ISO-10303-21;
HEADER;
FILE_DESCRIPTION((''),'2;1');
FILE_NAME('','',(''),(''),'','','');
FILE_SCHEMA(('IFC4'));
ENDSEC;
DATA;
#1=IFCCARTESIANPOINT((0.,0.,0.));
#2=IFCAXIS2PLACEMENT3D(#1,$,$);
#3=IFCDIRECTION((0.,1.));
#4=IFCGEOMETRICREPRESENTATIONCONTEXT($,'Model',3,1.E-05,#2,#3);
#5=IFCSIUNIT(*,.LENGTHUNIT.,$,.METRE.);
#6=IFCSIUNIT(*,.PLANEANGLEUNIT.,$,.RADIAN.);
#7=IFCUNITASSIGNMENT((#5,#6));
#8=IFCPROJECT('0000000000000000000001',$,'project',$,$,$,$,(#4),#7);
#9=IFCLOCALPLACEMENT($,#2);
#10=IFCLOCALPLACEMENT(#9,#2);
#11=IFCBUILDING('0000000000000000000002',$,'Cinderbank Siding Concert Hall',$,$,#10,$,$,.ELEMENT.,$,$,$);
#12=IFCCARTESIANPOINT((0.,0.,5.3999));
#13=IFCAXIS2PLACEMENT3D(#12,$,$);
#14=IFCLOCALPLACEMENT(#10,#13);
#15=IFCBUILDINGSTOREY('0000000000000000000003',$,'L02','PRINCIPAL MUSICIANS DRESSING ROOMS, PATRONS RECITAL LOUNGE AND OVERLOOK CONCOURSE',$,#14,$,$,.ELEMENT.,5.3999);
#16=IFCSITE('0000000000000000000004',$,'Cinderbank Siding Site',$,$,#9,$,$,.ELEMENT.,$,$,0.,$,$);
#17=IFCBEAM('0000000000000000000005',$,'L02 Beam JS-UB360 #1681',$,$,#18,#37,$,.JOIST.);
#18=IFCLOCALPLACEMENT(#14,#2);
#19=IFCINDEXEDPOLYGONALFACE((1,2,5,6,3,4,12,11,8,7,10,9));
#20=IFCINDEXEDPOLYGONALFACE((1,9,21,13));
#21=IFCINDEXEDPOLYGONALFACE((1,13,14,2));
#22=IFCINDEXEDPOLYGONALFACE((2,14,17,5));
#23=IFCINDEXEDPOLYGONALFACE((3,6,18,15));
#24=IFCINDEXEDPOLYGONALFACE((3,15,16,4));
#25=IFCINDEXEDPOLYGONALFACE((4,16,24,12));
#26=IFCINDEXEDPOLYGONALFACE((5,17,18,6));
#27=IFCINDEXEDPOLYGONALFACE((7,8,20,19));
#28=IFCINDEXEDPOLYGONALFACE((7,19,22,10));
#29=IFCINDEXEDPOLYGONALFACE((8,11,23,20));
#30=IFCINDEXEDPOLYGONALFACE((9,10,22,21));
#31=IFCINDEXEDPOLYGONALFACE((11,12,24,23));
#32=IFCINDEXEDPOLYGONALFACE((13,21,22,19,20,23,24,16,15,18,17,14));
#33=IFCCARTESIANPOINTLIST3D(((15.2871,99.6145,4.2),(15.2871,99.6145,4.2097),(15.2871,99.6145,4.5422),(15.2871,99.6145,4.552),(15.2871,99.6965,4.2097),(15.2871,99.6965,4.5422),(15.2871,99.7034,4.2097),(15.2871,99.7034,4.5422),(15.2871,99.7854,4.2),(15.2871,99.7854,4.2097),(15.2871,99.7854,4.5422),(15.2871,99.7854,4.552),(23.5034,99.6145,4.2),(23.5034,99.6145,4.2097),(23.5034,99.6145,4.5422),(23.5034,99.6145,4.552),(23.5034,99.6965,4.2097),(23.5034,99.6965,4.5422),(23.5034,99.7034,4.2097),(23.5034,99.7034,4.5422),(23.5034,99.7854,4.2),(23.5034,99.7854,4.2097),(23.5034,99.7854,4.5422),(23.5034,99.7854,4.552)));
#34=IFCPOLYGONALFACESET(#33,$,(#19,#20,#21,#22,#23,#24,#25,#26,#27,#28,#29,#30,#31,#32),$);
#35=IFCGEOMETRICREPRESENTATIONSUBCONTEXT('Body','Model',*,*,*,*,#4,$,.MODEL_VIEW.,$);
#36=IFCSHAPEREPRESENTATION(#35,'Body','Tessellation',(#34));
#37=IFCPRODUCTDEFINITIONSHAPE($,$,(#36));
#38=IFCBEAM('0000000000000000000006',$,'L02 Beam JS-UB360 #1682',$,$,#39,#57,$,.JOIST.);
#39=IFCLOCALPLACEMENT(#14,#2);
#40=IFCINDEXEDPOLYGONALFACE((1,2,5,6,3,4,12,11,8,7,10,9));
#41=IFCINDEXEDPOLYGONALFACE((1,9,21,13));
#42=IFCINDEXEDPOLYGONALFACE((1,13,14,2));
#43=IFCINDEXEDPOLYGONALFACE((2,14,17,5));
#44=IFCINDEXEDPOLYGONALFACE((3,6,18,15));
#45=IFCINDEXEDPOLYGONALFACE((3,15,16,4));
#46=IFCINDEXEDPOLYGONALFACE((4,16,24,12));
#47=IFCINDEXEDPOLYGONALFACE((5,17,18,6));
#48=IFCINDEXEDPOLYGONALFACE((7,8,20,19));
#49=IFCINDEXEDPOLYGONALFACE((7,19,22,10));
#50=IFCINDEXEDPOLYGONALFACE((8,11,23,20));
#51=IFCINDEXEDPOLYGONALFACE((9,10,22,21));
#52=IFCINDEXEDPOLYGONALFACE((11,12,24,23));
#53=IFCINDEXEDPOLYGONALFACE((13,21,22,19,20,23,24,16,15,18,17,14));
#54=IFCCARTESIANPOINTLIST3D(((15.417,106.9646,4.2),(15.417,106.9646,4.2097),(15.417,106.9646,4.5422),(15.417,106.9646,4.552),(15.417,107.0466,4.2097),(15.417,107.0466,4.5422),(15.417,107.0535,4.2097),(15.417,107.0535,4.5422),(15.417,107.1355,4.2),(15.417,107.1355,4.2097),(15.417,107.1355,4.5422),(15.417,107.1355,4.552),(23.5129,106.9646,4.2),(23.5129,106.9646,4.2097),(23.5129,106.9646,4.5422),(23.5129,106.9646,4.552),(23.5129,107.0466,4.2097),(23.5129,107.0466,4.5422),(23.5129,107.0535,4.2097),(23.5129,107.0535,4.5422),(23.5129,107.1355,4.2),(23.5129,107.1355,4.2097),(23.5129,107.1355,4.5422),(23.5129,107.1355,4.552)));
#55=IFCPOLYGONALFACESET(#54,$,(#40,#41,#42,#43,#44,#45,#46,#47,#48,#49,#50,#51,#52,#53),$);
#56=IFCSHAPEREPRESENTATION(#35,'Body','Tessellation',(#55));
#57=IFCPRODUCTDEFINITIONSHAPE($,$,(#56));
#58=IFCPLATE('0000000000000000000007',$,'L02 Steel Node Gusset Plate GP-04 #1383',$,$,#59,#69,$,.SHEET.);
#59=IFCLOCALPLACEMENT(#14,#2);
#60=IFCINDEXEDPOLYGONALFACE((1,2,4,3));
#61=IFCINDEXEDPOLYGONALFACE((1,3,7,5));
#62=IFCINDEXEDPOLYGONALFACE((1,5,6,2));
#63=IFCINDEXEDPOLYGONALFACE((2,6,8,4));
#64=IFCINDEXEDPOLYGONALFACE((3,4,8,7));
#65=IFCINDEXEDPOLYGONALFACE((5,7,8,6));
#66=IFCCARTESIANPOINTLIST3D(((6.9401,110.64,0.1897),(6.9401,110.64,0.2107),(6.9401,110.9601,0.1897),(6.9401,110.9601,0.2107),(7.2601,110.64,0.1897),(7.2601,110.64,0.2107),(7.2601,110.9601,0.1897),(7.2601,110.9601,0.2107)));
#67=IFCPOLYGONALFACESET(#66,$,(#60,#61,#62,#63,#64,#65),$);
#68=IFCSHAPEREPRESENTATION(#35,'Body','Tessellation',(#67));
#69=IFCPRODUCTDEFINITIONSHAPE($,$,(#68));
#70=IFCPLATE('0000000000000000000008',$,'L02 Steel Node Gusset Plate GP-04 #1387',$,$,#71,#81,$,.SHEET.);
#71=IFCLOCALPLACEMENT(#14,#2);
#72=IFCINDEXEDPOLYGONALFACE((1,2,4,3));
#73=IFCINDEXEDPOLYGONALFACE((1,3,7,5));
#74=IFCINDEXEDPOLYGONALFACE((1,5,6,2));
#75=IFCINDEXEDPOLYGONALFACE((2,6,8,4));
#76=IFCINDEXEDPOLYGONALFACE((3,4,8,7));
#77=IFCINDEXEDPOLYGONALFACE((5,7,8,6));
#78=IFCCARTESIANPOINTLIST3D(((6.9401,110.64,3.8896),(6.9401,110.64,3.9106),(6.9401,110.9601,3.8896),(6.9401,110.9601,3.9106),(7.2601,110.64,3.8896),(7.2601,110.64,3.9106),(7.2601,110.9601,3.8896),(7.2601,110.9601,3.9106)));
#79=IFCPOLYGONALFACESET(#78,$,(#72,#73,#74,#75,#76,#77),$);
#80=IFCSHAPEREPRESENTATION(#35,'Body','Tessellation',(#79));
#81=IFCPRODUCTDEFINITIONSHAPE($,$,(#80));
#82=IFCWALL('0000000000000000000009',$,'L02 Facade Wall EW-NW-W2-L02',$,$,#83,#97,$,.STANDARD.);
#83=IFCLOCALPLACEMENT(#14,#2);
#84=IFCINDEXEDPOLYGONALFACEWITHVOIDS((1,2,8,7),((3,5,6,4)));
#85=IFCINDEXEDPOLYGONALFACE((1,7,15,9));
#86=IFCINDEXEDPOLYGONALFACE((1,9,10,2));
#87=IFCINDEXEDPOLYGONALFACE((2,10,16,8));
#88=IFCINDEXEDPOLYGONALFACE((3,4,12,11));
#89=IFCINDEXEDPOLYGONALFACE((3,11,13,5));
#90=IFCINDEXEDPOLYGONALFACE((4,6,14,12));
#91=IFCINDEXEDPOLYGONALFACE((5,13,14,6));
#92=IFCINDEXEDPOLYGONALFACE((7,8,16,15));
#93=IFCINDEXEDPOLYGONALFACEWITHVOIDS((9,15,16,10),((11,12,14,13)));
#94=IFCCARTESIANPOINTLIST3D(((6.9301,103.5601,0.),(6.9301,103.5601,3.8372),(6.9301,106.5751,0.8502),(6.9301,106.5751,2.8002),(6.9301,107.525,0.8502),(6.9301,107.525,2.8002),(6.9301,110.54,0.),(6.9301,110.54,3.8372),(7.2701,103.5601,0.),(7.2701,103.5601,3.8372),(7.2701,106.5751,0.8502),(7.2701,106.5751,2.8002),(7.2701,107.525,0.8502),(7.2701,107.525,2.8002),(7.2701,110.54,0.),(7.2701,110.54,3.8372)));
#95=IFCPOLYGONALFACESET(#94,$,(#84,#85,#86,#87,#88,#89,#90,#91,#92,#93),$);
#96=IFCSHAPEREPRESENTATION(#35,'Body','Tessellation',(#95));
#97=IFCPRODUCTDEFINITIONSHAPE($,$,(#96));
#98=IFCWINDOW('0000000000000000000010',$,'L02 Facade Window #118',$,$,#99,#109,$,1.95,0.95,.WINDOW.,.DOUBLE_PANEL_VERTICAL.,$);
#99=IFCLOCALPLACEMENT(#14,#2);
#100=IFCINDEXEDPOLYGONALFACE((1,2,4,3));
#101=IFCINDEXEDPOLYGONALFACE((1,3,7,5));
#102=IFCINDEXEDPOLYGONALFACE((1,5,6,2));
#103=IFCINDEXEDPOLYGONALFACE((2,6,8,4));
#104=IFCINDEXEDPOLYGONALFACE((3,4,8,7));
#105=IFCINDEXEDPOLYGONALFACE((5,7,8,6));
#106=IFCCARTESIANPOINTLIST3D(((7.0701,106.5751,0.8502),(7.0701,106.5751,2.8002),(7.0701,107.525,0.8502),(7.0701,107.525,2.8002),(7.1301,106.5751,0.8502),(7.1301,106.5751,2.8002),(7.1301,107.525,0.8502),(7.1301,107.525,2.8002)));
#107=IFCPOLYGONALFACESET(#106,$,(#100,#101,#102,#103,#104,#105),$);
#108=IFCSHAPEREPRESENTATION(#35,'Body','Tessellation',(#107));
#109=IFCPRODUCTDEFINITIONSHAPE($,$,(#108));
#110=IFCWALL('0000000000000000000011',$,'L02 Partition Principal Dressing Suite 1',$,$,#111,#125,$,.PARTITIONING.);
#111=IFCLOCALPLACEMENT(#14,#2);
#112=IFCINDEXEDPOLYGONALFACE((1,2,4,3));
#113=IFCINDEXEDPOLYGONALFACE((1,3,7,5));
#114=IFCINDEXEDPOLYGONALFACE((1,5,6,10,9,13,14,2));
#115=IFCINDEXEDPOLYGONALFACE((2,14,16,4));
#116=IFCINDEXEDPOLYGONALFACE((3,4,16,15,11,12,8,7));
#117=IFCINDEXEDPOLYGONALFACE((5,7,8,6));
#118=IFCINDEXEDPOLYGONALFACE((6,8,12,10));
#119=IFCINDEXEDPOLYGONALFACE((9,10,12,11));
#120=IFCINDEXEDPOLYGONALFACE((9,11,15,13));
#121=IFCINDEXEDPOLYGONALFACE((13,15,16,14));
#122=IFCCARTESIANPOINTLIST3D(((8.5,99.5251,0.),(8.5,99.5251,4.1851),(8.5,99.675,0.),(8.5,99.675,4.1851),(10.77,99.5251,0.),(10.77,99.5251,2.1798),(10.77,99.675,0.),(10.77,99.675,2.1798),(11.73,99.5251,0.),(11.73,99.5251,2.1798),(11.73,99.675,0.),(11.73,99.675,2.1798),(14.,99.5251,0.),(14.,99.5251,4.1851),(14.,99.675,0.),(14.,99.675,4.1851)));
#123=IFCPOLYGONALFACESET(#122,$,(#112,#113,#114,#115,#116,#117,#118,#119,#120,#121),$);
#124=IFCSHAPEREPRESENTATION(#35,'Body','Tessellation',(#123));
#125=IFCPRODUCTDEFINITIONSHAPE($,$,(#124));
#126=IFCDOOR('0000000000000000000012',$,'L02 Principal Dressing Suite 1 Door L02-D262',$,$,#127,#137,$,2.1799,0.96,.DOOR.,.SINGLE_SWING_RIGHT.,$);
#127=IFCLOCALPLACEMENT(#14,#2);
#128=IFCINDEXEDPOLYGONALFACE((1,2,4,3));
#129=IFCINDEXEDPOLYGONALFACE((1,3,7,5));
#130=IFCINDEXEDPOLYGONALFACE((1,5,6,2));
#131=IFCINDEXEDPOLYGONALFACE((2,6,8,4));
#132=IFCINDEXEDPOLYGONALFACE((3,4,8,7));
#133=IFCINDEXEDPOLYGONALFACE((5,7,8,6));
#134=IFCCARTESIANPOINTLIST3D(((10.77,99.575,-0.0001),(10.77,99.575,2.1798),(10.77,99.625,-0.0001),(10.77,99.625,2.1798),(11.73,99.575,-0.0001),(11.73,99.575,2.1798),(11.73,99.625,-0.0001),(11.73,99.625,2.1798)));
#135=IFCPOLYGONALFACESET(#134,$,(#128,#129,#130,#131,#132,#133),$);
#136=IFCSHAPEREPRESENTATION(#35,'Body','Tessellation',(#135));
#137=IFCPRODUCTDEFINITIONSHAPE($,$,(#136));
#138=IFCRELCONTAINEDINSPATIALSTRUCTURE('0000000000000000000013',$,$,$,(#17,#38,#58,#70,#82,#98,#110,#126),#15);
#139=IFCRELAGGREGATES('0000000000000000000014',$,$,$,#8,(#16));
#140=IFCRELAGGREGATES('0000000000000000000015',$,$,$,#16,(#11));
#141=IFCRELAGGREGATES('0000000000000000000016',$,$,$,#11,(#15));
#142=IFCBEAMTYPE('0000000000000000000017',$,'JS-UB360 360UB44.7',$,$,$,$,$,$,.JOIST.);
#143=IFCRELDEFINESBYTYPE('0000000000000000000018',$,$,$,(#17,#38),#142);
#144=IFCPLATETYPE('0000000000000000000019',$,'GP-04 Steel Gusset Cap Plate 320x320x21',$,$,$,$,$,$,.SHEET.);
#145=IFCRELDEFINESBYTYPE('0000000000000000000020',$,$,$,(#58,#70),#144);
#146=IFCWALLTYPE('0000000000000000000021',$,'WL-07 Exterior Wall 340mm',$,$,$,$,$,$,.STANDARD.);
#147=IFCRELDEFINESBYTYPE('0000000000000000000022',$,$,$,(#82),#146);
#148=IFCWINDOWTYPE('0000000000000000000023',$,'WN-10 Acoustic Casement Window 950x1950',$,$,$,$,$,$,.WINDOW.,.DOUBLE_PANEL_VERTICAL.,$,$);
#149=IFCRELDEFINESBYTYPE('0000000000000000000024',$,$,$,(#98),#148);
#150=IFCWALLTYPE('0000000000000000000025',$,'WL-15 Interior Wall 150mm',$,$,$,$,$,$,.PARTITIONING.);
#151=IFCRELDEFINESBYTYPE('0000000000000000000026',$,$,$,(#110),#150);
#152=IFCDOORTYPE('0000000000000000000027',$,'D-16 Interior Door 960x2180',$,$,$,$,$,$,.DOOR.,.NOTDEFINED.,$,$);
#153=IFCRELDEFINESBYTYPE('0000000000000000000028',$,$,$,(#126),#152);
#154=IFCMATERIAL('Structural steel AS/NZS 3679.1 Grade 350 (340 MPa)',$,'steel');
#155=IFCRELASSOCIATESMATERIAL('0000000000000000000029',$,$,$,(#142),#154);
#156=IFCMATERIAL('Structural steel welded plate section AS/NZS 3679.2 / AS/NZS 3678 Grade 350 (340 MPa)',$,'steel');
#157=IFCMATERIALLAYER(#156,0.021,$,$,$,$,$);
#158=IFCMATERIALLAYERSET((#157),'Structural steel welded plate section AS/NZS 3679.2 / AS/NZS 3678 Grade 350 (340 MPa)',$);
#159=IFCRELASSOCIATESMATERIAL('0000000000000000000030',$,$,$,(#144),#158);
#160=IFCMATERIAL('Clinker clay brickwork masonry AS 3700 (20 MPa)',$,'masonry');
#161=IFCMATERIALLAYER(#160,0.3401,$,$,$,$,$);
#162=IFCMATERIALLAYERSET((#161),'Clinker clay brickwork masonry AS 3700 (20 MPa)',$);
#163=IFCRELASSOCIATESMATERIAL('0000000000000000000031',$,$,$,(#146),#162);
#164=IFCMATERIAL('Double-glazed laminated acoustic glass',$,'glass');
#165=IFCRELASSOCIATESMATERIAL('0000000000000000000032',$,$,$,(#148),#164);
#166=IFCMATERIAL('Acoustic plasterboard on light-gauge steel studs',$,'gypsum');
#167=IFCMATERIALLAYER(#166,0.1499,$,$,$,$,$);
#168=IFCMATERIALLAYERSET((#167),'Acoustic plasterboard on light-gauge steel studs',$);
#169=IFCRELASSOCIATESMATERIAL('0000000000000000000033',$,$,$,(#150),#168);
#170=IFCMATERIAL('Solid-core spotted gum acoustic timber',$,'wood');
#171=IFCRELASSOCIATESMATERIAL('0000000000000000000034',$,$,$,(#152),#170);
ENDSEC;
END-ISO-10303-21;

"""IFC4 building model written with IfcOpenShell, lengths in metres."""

from ifc_helpers import new_model, si_unit, direction, frame, frame_2d, origin, origin_2d, place, context, subcontext, project, spatial, rectangle, i_section, extrude, material, layer, layer_set, material_profile, profile_set, type_object, element, fill, save


model = new_model("IFC4")

# Units and contexts
model_context = context("Model", 3, precision=1e-05, world=origin(), true_north=direction((0.0, 1.0)))
body_context = subcontext(model_context, "Body", "Model", "MODEL_VIEW")
ifc_project = project(units=[si_unit("LENGTHUNIT", "METRE"), si_unit("PLANEANGLEUNIT", "RADIAN")], contexts=[model_context])

# Site, building, storey
site_placement = place(None, origin())
site = spatial("IfcSite", under=ifc_project, at=site_placement, Name="Cinderbank Siding Site", CompositionType="ELEMENT", RefElevation=0.0)
building_placement = place(site_placement, origin())
building = spatial("IfcBuilding", under=site, at=building_placement, Name="Cinderbank Siding Concert Hall", CompositionType="ELEMENT")
storey_placement = place(building_placement, frame((0.0, 0.0, 5.3999)))
storey = spatial("IfcBuildingStorey", under=building, at=storey_placement, Name="L02", Description="PRINCIPAL MUSICIANS DRESSING ROOMS, PATRONS RECITAL LOUNGE AND OVERLOOK CONCOURSE", CompositionType="ELEMENT", Elevation=5.3999)

# Shared definitions
ifc_material_1 = material(Name="Structural steel AS/NZS 3679.1 Grade 350 (340 MPa)", Category="steel")
ifc_material_2 = material(Name="Structural steel welded plate section AS/NZS 3679.2 / AS/NZS 3678 Grade 350 (340 MPa)", Category="steel")

# Beams
ifc_material_profile_1 = material_profile(ifc_material_1, i_section(OverallWidth=0.1709, OverallDepth=0.3521, WebThickness=0.0068, FlangeThickness=0.0098, at=origin_2d()), Name="360UB44.7", Category="LoadBearing")
ifc_profile_set_1 = profile_set([ifc_material_profile_1], Name="Structural steel AS/NZS 3679.1 Grade 350 (340 MPa)")
beam_type_1 = type_object("IfcBeamType", Name="JS-UB360 360UB44.7", PredefinedType="JOIST", material=ifc_profile_set_1)
beam_1_placement = place(storey_placement, frame((15.2871, 99.7, 4.376), z_axis=(1.0, 0.0, 0.0), x_axis=(0.0, 1.0, 0.0)))
element("IfcBeam", 1, at=beam_1_placement, inside=storey, type_object=beam_type_1, Name="L02 Beam JS-UB360 #1681", PredefinedType="JOIST", context=body_context, shape_type="SweptSolid", body=[
    extrude(i_section(OverallWidth=0.1709, OverallDepth=0.3521, WebThickness=0.0068, FlangeThickness=0.0098, at=origin_2d()), origin(), (0.0, 0.0, 1.0), 8.2163),
])
beam_2_placement = place(storey_placement, frame((15.417, 107.05, 4.376), z_axis=(1.0, 0.0, 0.0), x_axis=(0.0, 1.0, 0.0)))
element("IfcBeam", 2, at=beam_2_placement, inside=storey, type_object=beam_type_1, Name="L02 Beam JS-UB360 #1682", PredefinedType="JOIST", context=body_context, shape_type="SweptSolid", body=[
    extrude(i_section(OverallWidth=0.1709, OverallDepth=0.3521, WebThickness=0.0068, FlangeThickness=0.0098, at=origin_2d()), origin(), (0.0, 0.0, 1.0), 8.0959),
])

# Plates
ifc_layer_1 = layer(ifc_material_2, 0.021)
ifc_layer_set_1 = layer_set([ifc_layer_1], Name="Structural steel welded plate section AS/NZS 3679.2 / AS/NZS 3678 Grade 350 (340 MPa)")
plate_type = type_object("IfcPlateType", Name="GP-04 Steel Gusset Cap Plate 320x320x21", PredefinedType="SHEET", material=ifc_layer_set_1)
for number, where, z_axis, x_axis, name in (
    (3, (7.1001, 110.8, 0.1897), (0.0, 0.0, 1.0), (0.0, 1.0, 0.0), "L02 Steel Node Gusset Plate GP-04 #1383"),
    (4, (7.1001, 110.8, 3.8896), (0.0, 0.0, 1.0), (0.0, -1.0, 0.0), "L02 Steel Node Gusset Plate GP-04 #1387"),
):
    element("IfcPlate", number, at=place(storey_placement, frame(where, z_axis=z_axis, x_axis=x_axis)), inside=storey, type_object=plate_type, Name=name, PredefinedType="SHEET", context=body_context, shape_type="SweptSolid", body=[
        extrude(rectangle(XDim=0.3201, YDim=0.3201, at=origin_2d()), origin(), (0.0, 0.0, 1.0), 0.021),
    ])

# Wall, opening, window
ifc_material_3 = material(Name="Clinker clay brickwork masonry AS 3700 (20 MPa)", Category="masonry")
ifc_layer_2 = layer(ifc_material_3, 0.3401)
ifc_layer_set_2 = layer_set([ifc_layer_2], Name="Clinker clay brickwork masonry AS 3700 (20 MPa)")
wall_type_1 = type_object("IfcWallType", Name="WL-07 Exterior Wall 340mm", PredefinedType="STANDARD", material=ifc_layer_set_2)
wall_1_placement = place(storey_placement, frame((7.1001, 103.5601, 0.0), z_axis=(0.0, 0.0, 1.0), x_axis=(0.0, 1.0, 0.0)))
wall_1 = element("IfcWall", 5, at=wall_1_placement, inside=storey, type_object=wall_type_1, Name="L02 Facade Wall EW-NW-W2-L02", PredefinedType="STANDARD", context=body_context, shape_type="SweptSolid", body=[
    extrude(rectangle(XDim=6.98, YDim=0.3401, at=frame_2d((3.49, 0.0))), origin(), (0.0, 0.0, 1.0), 3.8372),
])
opening_1_placement = place(wall_1_placement, frame((3.0149, 0.0, 0.8501)))
opening_1 = element("IfcOpeningElement", 6, at=opening_1_placement, cuts=wall_1, PredefinedType="OPENING", context=body_context, shape_type="SweptSolid", body=[
    extrude(rectangle(XDim=0.95, YDim=1.95, at=frame_2d((0.4751, 0.9751))), frame((0.0, 0.1821, 0.0), z_axis=(0.0, -1.0, 0.0), x_axis=(1.0, 0.0, 0.0)), (0.0, 0.0, 1.0), 0.364),
])
ifc_material_4 = material(Name="Double-glazed laminated acoustic glass", Category="glass")
window_type = type_object("IfcWindowType", Name="WN-10 Acoustic Casement Window 950x1950", PartitioningType="DOUBLE_PANEL_VERTICAL", PredefinedType="WINDOW", material=ifc_material_4)
window_placement = place(opening_1_placement, origin())
window = element("IfcWindow", 7, at=window_placement, inside=storey, type_object=window_type, Name="L02 Facade Window #118", OverallHeight=1.95, OverallWidth=0.95, PartitioningType="DOUBLE_PANEL_VERTICAL", PredefinedType="WINDOW", context=body_context, shape_type="SweptSolid", body=[
    extrude(rectangle(XDim=0.95, YDim=1.95, at=frame_2d((0.4751, 0.9751))), frame((0.0, 0.03, 0.0), z_axis=(0.0, -1.0, 0.0), x_axis=(1.0, 0.0, 0.0)), (0.0, 0.0, 1.0), 0.0601),
])
fill(opening_1, window)

# Wall, opening, door
ifc_material_5 = material(Name="Acoustic plasterboard on light-gauge steel studs", Category="gypsum")
ifc_layer_3 = layer(ifc_material_5, 0.1499)
ifc_layer_set_3 = layer_set([ifc_layer_3], Name="Acoustic plasterboard on light-gauge steel studs")
wall_type_2 = type_object("IfcWallType", Name="WL-15 Interior Wall 150mm", PredefinedType="PARTITIONING", material=ifc_layer_set_3)
wall_2_placement = place(storey_placement, frame((8.5, 99.6001, 0.0), z_axis=(0.0, 0.0, 1.0), x_axis=(1.0, 0.0, 0.0)))
wall_2 = element("IfcWall", 8, at=wall_2_placement, inside=storey, type_object=wall_type_2, Name="L02 Partition Principal Dressing Suite 1", PredefinedType="PARTITIONING", context=body_context, shape_type="SweptSolid", body=[
    extrude(rectangle(XDim=5.5, YDim=0.1499, at=frame_2d((2.75, 0.0))), origin(), (0.0, 0.0, 1.0), 4.1851),
])
opening_2_placement = place(wall_2_placement, frame((2.27, 0.0, 0.0)))
opening_2 = element("IfcOpeningElement", 9, at=opening_2_placement, cuts=wall_2, PredefinedType="OPENING", context=body_context, shape_type="SweptSolid", body=[
    extrude(rectangle(XDim=0.96, YDim=2.1799, at=frame_2d((0.48, 1.0898))), frame((0.0, 0.0869, 0.0), z_axis=(0.0, -1.0, 0.0), x_axis=(1.0, 0.0, 0.0)), (0.0, 0.0, 1.0), 0.1738),
])
ifc_material_6 = material(Name="Solid-core spotted gum acoustic timber", Category="wood")
door_type = type_object("IfcDoorType", Name="D-16 Interior Door 960x2180", OperationType="NOTDEFINED", PredefinedType="DOOR", material=ifc_material_6)
door_placement = place(opening_2_placement, origin())
door = element("IfcDoor", 10, at=door_placement, inside=storey, type_object=door_type, Name="L02 Principal Dressing Suite 1 Door L02-D262", OperationType="SINGLE_SWING_RIGHT", OverallHeight=2.1799, OverallWidth=0.96, PredefinedType="DOOR", context=body_context, shape_type="SweptSolid", body=[
    extrude(rectangle(XDim=0.96, YDim=2.1799, at=frame_2d((0.48, 1.0898))), frame((0.0, 0.0249, 0.0), z_axis=(0.0, -1.0, 0.0), x_axis=(1.0, 0.0, 0.0)), (0.0, 0.0, 1.0), 0.05),
])
fill(opening_2, door)

save(model, "model.ifc")
